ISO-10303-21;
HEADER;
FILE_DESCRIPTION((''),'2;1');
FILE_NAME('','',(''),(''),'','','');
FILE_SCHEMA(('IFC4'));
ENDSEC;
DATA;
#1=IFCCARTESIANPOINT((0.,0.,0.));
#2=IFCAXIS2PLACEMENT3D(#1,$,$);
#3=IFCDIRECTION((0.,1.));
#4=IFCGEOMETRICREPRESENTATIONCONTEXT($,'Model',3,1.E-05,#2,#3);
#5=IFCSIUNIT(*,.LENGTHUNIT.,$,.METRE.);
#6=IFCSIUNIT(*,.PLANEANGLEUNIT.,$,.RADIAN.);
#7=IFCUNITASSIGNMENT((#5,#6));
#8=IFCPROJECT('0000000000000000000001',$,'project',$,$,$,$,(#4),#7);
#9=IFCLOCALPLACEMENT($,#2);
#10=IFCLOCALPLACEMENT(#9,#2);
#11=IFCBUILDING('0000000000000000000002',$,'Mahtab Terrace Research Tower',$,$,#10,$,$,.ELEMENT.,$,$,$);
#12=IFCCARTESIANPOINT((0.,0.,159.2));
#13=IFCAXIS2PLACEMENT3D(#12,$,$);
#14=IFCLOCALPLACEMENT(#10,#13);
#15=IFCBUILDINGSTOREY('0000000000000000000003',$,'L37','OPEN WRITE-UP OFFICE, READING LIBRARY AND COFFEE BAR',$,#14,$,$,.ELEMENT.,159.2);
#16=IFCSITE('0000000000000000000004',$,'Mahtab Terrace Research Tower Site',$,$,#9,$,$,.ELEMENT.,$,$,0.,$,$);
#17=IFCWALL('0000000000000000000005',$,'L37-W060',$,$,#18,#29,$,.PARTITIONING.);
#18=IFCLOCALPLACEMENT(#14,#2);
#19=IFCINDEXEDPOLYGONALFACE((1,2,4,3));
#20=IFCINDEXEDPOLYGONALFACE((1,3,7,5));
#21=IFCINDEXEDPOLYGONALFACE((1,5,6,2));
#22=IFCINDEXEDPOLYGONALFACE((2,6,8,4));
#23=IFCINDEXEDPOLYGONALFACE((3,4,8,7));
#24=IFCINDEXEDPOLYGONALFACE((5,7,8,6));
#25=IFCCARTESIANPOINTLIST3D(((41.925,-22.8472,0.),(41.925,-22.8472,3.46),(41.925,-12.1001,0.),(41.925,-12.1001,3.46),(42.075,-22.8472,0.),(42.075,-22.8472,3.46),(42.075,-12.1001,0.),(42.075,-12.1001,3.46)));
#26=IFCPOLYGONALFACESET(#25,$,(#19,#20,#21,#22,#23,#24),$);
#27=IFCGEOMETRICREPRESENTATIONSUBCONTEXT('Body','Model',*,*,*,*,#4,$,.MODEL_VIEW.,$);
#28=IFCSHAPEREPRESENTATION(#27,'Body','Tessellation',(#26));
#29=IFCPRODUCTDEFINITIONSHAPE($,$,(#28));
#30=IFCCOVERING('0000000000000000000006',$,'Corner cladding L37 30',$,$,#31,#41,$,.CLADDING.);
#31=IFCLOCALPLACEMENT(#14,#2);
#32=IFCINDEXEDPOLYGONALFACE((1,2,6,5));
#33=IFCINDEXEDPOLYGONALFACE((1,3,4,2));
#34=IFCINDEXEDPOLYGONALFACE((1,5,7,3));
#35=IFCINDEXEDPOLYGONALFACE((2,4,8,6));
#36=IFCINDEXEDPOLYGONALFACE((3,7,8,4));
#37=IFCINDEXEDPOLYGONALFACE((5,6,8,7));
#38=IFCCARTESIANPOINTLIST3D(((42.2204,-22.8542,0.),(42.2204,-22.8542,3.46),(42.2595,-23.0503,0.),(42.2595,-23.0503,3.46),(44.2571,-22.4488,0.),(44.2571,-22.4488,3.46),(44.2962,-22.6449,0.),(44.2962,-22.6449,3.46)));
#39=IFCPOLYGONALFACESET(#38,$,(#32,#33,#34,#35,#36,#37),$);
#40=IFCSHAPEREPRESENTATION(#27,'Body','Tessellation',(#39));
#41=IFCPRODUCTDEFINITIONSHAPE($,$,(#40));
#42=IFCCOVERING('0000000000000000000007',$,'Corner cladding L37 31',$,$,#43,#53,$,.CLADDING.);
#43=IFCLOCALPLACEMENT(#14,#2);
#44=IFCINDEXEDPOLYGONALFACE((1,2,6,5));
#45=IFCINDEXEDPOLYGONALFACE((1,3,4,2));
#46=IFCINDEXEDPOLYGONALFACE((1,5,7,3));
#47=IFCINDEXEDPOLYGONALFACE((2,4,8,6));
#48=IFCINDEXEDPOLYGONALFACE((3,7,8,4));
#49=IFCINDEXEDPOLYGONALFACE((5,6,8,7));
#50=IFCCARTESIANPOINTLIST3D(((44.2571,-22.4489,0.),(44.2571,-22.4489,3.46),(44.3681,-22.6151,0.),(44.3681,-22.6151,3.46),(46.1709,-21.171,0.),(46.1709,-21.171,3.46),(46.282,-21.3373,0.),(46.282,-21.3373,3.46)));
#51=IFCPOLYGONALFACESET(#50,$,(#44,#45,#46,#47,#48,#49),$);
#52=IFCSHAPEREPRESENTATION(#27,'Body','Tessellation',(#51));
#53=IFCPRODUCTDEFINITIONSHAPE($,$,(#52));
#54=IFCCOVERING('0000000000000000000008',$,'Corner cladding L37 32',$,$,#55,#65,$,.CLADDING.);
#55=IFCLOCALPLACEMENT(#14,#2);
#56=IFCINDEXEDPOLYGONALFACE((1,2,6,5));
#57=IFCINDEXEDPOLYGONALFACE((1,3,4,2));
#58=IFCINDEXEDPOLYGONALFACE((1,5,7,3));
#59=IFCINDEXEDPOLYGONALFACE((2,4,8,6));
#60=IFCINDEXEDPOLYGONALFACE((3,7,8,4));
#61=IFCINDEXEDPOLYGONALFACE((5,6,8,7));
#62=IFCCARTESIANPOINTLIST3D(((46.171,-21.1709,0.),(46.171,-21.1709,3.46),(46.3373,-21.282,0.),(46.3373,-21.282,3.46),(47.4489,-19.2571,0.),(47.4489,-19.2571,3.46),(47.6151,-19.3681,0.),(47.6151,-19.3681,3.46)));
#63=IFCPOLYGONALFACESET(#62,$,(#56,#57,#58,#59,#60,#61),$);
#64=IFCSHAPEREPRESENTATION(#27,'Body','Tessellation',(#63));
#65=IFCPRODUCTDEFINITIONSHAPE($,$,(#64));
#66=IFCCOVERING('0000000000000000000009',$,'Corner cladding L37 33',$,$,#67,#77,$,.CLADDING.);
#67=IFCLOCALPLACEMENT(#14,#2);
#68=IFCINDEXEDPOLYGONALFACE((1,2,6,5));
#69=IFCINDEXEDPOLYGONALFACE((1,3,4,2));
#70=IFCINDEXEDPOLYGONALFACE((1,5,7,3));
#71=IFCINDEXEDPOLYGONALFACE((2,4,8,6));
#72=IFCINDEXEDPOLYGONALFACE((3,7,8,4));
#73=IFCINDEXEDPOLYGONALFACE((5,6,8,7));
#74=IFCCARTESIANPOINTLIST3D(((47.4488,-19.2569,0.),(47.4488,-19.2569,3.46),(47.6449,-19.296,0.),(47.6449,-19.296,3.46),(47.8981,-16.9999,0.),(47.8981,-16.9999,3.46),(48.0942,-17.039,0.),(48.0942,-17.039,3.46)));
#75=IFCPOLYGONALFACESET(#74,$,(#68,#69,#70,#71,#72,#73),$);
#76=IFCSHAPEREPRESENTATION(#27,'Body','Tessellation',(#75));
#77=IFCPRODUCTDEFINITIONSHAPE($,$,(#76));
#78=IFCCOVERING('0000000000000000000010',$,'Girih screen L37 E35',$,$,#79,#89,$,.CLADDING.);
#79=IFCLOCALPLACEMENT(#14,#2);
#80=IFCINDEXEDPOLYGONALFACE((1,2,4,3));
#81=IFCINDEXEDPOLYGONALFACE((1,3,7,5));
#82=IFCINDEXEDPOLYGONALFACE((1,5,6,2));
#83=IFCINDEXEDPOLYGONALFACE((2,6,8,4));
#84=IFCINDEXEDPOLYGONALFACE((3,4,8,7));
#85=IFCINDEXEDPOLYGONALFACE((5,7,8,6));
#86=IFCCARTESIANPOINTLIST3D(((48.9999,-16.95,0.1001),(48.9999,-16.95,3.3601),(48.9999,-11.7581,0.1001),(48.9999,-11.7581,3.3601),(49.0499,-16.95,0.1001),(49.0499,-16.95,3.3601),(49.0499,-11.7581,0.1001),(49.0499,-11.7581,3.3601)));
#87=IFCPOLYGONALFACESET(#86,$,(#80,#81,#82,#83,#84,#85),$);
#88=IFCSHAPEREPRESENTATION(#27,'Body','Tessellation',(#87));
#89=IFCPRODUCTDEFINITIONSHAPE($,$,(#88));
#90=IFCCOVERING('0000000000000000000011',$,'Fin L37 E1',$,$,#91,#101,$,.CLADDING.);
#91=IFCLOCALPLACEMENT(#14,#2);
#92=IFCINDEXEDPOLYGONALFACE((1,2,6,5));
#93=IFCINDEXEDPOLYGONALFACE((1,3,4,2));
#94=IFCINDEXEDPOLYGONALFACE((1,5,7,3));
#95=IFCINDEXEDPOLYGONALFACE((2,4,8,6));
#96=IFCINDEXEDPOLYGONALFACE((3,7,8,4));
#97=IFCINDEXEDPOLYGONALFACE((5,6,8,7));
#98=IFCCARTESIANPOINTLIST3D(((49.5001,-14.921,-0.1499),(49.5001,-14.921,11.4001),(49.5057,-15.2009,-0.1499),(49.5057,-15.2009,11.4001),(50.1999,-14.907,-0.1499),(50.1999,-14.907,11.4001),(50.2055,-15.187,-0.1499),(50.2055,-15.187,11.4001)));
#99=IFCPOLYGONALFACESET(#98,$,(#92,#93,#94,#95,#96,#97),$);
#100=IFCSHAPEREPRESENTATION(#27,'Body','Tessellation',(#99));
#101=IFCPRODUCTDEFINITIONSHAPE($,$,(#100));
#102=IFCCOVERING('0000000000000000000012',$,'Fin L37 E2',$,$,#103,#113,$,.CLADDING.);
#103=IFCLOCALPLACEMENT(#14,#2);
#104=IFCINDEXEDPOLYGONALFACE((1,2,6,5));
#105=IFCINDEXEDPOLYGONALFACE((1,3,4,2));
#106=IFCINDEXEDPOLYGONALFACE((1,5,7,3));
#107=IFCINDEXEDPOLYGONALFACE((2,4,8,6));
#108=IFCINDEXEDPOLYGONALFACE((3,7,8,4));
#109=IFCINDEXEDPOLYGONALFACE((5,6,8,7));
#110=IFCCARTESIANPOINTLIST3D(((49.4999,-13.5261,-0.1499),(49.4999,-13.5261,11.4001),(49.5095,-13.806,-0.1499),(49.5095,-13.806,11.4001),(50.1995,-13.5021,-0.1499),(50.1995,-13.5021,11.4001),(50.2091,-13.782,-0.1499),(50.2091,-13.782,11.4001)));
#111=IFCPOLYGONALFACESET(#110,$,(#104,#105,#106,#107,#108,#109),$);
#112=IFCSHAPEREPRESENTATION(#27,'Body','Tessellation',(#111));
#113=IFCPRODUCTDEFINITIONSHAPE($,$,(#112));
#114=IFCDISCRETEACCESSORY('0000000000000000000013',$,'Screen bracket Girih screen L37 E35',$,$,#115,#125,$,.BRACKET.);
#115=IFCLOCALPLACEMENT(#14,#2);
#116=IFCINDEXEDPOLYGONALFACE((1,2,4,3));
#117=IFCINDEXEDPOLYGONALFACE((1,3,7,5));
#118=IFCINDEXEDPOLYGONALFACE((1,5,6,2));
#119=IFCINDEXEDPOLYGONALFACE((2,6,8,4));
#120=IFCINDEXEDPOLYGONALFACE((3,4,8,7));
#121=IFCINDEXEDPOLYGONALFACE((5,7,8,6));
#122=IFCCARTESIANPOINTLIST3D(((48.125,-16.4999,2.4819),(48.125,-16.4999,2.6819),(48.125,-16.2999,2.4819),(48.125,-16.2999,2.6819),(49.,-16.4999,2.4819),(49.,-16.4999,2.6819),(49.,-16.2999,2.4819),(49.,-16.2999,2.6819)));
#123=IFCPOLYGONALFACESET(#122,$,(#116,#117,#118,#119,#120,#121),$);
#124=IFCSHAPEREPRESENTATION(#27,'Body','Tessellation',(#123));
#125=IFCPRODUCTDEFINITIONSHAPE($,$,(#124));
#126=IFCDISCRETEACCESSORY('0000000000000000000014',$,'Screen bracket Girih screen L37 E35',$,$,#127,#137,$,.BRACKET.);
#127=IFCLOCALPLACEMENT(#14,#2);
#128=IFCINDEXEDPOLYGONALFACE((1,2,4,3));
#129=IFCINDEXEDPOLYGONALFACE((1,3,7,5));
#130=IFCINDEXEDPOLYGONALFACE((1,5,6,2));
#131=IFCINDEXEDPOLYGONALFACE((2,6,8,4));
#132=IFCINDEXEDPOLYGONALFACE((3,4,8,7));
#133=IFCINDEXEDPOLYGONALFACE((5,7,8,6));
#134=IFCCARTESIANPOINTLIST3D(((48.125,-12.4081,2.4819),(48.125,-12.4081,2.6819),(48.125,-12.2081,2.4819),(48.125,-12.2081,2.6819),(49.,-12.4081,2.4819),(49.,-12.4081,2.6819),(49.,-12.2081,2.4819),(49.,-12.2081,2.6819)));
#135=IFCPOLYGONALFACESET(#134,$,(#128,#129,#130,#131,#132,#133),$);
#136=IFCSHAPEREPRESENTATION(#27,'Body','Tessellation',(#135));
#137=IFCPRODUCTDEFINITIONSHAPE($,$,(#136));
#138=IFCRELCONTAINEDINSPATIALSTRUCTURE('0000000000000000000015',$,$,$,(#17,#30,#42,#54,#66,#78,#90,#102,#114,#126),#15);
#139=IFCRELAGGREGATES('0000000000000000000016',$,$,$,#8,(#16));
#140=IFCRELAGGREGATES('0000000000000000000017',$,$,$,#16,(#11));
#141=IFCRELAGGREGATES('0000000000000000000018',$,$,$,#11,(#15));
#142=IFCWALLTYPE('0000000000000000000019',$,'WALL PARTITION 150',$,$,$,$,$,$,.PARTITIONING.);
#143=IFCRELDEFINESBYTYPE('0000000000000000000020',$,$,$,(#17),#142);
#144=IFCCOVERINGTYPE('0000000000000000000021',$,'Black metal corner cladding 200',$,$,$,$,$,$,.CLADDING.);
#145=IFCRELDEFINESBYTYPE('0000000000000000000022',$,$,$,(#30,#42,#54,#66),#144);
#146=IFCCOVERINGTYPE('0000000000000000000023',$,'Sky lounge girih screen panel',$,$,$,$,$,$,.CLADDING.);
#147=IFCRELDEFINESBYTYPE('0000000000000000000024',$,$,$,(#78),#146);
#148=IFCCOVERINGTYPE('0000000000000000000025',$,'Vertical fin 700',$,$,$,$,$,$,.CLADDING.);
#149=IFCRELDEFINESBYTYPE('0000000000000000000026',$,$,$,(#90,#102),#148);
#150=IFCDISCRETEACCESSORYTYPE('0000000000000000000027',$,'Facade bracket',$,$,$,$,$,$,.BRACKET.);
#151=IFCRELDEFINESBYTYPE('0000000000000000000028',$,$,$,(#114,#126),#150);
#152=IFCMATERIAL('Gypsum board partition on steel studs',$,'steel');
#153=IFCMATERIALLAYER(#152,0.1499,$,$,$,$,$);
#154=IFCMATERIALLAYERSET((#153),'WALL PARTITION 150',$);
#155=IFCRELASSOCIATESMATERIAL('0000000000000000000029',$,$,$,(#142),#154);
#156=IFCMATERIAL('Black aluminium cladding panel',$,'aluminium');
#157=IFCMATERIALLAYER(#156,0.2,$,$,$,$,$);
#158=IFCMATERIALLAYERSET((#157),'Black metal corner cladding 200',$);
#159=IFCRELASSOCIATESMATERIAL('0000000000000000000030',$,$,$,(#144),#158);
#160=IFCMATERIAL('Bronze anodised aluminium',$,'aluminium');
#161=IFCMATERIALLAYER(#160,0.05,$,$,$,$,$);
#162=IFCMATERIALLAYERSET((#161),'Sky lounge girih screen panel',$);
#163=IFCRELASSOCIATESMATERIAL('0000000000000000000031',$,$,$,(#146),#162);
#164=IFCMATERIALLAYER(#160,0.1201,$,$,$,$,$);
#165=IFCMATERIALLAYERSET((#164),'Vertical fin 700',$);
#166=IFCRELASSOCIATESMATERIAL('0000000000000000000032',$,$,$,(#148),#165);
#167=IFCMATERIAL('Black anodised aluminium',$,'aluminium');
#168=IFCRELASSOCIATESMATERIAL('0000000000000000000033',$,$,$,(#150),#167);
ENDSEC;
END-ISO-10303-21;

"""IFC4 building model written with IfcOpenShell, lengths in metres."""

from ifc_helpers import new_model, si_unit, direction, frame, frame_2d, origin, origin_2d, place, context, subcontext, project, spatial, rectangle, extrude, material, layer, layer_set, type_object, element, save


model = new_model("IFC4")

# Units and contexts
model_context = context("Model", 3, precision=1e-05, world=origin(), true_north=direction((0.0, 1.0)))
body_context = subcontext(model_context, "Body", "Model", "MODEL_VIEW")
ifc_project = project(units=[si_unit("LENGTHUNIT", "METRE"), si_unit("PLANEANGLEUNIT", "RADIAN")], contexts=[model_context])

# Site, building, storey
site_placement = place(None, origin())
site = spatial("IfcSite", under=ifc_project, at=site_placement, Name="Mahtab Terrace Research Tower Site", CompositionType="ELEMENT", RefElevation=0.0)
building_placement = place(site_placement, origin())
building = spatial("IfcBuilding", under=site, at=building_placement, Name="Mahtab Terrace Research Tower", CompositionType="ELEMENT")
storey_placement = place(building_placement, frame((0.0, 0.0, 159.2)))
storey = spatial("IfcBuildingStorey", under=building, at=storey_placement, Name="L37", Description="OPEN WRITE-UP OFFICE, READING LIBRARY AND COFFEE BAR", CompositionType="ELEMENT", Elevation=159.2)

# Wall
ifc_material_1 = material(Name="Gypsum board partition on steel studs", Category="steel")
ifc_layer_1 = layer(ifc_material_1, 0.1499)
ifc_layer_set_1 = layer_set([ifc_layer_1], Name="WALL PARTITION 150")
wall_type_1 = type_object("IfcWallType", Name="WALL PARTITION 150", PredefinedType="PARTITIONING", material=ifc_layer_set_1)
wall_1_placement = place(storey_placement, frame((42.0, -22.8472, 0.0), z_axis=(0.0, 0.0, 1.0), x_axis=(0.0, 1.0, 0.0)))
element("IfcWall", 1, at=wall_1_placement, inside=storey, type_object=wall_type_1, Name="L37-W060", PredefinedType="PARTITIONING", context=body_context, shape_type="SweptSolid", body=[
    extrude(rectangle(XDim=10.7471, YDim=0.1499, at=frame_2d((5.3735, 0.0))), origin(), (0.0, 0.0, 1.0), 3.46),
])

# Coverings
ifc_material_2 = material(Name="Black aluminium cladding panel", Category="aluminium")
ifc_layer_2 = layer(ifc_material_2, 0.2)
ifc_layer_set_2 = layer_set([ifc_layer_2], Name="Black metal corner cladding 200")
covering_type_1 = type_object("IfcCoveringType", Name="Black metal corner cladding 200", PredefinedType="CLADDING", material=ifc_layer_set_2)
covering_1_placement = place(storey_placement, frame((43.2583, -22.7495, 0.0), z_axis=(0.0, 0.0, 1.0), x_axis=(0.980761, 0.195212, 0.0)))
element("IfcCovering", 2, at=covering_1_placement, inside=storey, type_object=covering_type_1, Name="Corner cladding L37 30", PredefinedType="CLADDING", context=body_context, shape_type="SweptSolid", body=[
    extrude(rectangle(XDim=2.0767, YDim=0.2, at=origin_2d()), origin(), (0.0, 0.0, 1.0), 3.46),
])
for number, where, z_axis, x_axis, name in (
    (3, (45.2695, -21.8931, 0.0), (0.0, 0.0, 1.0), (0.831656, 0.555291, 0.0), "Corner cladding L37 31"),
    (4, (46.8931, -20.2695, 0.0), (0.0, 0.0, 1.0), (0.555291, 0.831656, 0.0), "Corner cladding L37 32"),
    (5, (47.7715, -18.1479, 0.0), (0.0, 0.0, 1.0), (0.195212, 0.980761, 0.0), "Corner cladding L37 33"),
):
    element("IfcCovering", number, at=place(storey_placement, frame(where, z_axis=z_axis, x_axis=x_axis)), inside=storey, type_object=covering_type_1, Name=name, PredefinedType="CLADDING", context=body_context, shape_type="SweptSolid", body=[
        extrude(rectangle(XDim=2.3013, YDim=0.2, at=origin_2d()), origin(), (0.0, 0.0, 1.0), 3.46),
    ])
ifc_material_3 = material(Name="Bronze anodised aluminium", Category="aluminium")
ifc_layer_3 = layer(ifc_material_3, 0.05)
ifc_layer_set_3 = layer_set([ifc_layer_3], Name="Sky lounge girih screen panel")
covering_type_2 = type_object("IfcCoveringType", Name="Sky lounge girih screen panel", PredefinedType="CLADDING", material=ifc_layer_set_3)
covering_2_placement = place(storey_placement, frame((49.0249, -14.354, 0.1001), z_axis=(0.0, 0.0, 1.0), x_axis=(0.0, 1.0, 0.0)))
element("IfcCovering", 6, at=covering_2_placement, inside=storey, type_object=covering_type_2, Name="Girih screen L37 E35", PredefinedType="CLADDING", context=body_context, shape_type="SweptSolid", body=[
    extrude(rectangle(XDim=5.1919, YDim=0.05, at=origin_2d()), origin(), (0.0, 0.0, 1.0), 3.26),
])
ifc_layer_4 = layer(ifc_material_3, 0.1201)
ifc_layer_set_4 = layer_set([ifc_layer_4], Name="Vertical fin 700")
covering_type_3 = type_object("IfcCoveringType", Name="Vertical fin 700", PredefinedType="CLADDING", material=ifc_layer_set_4)
for number, where, z_axis, x_axis, name in (
    (7, (49.8528, -15.054, -0.1499), (0.0, 0.0, 1.0), (-0.019978, 0.9998, 0.0), "Fin L37 E1"),
    (8, (49.8545, -13.6541, -0.1499), (0.0, 0.0, 1.0), (-0.034345, 0.99941, 0.0), "Fin L37 E2"),
):
    element("IfcCovering", number, at=place(storey_placement, frame(where, z_axis=z_axis, x_axis=x_axis)), inside=storey, type_object=covering_type_3, Name=name, PredefinedType="CLADDING", context=body_context, shape_type="SweptSolid", body=[
        extrude(rectangle(XDim=0.28, YDim=0.7, at=origin_2d()), origin(), (0.0, 0.0, 1.0), 11.55),
    ])

# Discrete accessories
ifc_material_4 = material(Name="Black anodised aluminium", Category="aluminium")
discrete_accessory_type = type_object("IfcDiscreteAccessoryType", Name="Facade bracket", PredefinedType="BRACKET", material=ifc_material_4)
for number, where, z_axis, x_axis, name in (
    (9, (48.5625, -16.3999, 2.4819), (0.0, 0.0, 1.0), (0.0, 1.0, 0.0), "Screen bracket Girih screen L37 E35"),
    (10, (48.5625, -12.3081, 2.4819), (0.0, 0.0, 1.0), (0.0, 1.0, 0.0), "Screen bracket Girih screen L37 E35"),
):
    element("IfcDiscreteAccessory", number, at=place(storey_placement, frame(where, z_axis=z_axis, x_axis=x_axis)), inside=storey, type_object=discrete_accessory_type, Name=name, PredefinedType="BRACKET", context=body_context, shape_type="SweptSolid", body=[
        extrude(rectangle(XDim=0.2, YDim=0.875, at=origin_2d()), origin(), (0.0, 0.0, 1.0), 0.2),
    ])

save(model, "model.ifc")
